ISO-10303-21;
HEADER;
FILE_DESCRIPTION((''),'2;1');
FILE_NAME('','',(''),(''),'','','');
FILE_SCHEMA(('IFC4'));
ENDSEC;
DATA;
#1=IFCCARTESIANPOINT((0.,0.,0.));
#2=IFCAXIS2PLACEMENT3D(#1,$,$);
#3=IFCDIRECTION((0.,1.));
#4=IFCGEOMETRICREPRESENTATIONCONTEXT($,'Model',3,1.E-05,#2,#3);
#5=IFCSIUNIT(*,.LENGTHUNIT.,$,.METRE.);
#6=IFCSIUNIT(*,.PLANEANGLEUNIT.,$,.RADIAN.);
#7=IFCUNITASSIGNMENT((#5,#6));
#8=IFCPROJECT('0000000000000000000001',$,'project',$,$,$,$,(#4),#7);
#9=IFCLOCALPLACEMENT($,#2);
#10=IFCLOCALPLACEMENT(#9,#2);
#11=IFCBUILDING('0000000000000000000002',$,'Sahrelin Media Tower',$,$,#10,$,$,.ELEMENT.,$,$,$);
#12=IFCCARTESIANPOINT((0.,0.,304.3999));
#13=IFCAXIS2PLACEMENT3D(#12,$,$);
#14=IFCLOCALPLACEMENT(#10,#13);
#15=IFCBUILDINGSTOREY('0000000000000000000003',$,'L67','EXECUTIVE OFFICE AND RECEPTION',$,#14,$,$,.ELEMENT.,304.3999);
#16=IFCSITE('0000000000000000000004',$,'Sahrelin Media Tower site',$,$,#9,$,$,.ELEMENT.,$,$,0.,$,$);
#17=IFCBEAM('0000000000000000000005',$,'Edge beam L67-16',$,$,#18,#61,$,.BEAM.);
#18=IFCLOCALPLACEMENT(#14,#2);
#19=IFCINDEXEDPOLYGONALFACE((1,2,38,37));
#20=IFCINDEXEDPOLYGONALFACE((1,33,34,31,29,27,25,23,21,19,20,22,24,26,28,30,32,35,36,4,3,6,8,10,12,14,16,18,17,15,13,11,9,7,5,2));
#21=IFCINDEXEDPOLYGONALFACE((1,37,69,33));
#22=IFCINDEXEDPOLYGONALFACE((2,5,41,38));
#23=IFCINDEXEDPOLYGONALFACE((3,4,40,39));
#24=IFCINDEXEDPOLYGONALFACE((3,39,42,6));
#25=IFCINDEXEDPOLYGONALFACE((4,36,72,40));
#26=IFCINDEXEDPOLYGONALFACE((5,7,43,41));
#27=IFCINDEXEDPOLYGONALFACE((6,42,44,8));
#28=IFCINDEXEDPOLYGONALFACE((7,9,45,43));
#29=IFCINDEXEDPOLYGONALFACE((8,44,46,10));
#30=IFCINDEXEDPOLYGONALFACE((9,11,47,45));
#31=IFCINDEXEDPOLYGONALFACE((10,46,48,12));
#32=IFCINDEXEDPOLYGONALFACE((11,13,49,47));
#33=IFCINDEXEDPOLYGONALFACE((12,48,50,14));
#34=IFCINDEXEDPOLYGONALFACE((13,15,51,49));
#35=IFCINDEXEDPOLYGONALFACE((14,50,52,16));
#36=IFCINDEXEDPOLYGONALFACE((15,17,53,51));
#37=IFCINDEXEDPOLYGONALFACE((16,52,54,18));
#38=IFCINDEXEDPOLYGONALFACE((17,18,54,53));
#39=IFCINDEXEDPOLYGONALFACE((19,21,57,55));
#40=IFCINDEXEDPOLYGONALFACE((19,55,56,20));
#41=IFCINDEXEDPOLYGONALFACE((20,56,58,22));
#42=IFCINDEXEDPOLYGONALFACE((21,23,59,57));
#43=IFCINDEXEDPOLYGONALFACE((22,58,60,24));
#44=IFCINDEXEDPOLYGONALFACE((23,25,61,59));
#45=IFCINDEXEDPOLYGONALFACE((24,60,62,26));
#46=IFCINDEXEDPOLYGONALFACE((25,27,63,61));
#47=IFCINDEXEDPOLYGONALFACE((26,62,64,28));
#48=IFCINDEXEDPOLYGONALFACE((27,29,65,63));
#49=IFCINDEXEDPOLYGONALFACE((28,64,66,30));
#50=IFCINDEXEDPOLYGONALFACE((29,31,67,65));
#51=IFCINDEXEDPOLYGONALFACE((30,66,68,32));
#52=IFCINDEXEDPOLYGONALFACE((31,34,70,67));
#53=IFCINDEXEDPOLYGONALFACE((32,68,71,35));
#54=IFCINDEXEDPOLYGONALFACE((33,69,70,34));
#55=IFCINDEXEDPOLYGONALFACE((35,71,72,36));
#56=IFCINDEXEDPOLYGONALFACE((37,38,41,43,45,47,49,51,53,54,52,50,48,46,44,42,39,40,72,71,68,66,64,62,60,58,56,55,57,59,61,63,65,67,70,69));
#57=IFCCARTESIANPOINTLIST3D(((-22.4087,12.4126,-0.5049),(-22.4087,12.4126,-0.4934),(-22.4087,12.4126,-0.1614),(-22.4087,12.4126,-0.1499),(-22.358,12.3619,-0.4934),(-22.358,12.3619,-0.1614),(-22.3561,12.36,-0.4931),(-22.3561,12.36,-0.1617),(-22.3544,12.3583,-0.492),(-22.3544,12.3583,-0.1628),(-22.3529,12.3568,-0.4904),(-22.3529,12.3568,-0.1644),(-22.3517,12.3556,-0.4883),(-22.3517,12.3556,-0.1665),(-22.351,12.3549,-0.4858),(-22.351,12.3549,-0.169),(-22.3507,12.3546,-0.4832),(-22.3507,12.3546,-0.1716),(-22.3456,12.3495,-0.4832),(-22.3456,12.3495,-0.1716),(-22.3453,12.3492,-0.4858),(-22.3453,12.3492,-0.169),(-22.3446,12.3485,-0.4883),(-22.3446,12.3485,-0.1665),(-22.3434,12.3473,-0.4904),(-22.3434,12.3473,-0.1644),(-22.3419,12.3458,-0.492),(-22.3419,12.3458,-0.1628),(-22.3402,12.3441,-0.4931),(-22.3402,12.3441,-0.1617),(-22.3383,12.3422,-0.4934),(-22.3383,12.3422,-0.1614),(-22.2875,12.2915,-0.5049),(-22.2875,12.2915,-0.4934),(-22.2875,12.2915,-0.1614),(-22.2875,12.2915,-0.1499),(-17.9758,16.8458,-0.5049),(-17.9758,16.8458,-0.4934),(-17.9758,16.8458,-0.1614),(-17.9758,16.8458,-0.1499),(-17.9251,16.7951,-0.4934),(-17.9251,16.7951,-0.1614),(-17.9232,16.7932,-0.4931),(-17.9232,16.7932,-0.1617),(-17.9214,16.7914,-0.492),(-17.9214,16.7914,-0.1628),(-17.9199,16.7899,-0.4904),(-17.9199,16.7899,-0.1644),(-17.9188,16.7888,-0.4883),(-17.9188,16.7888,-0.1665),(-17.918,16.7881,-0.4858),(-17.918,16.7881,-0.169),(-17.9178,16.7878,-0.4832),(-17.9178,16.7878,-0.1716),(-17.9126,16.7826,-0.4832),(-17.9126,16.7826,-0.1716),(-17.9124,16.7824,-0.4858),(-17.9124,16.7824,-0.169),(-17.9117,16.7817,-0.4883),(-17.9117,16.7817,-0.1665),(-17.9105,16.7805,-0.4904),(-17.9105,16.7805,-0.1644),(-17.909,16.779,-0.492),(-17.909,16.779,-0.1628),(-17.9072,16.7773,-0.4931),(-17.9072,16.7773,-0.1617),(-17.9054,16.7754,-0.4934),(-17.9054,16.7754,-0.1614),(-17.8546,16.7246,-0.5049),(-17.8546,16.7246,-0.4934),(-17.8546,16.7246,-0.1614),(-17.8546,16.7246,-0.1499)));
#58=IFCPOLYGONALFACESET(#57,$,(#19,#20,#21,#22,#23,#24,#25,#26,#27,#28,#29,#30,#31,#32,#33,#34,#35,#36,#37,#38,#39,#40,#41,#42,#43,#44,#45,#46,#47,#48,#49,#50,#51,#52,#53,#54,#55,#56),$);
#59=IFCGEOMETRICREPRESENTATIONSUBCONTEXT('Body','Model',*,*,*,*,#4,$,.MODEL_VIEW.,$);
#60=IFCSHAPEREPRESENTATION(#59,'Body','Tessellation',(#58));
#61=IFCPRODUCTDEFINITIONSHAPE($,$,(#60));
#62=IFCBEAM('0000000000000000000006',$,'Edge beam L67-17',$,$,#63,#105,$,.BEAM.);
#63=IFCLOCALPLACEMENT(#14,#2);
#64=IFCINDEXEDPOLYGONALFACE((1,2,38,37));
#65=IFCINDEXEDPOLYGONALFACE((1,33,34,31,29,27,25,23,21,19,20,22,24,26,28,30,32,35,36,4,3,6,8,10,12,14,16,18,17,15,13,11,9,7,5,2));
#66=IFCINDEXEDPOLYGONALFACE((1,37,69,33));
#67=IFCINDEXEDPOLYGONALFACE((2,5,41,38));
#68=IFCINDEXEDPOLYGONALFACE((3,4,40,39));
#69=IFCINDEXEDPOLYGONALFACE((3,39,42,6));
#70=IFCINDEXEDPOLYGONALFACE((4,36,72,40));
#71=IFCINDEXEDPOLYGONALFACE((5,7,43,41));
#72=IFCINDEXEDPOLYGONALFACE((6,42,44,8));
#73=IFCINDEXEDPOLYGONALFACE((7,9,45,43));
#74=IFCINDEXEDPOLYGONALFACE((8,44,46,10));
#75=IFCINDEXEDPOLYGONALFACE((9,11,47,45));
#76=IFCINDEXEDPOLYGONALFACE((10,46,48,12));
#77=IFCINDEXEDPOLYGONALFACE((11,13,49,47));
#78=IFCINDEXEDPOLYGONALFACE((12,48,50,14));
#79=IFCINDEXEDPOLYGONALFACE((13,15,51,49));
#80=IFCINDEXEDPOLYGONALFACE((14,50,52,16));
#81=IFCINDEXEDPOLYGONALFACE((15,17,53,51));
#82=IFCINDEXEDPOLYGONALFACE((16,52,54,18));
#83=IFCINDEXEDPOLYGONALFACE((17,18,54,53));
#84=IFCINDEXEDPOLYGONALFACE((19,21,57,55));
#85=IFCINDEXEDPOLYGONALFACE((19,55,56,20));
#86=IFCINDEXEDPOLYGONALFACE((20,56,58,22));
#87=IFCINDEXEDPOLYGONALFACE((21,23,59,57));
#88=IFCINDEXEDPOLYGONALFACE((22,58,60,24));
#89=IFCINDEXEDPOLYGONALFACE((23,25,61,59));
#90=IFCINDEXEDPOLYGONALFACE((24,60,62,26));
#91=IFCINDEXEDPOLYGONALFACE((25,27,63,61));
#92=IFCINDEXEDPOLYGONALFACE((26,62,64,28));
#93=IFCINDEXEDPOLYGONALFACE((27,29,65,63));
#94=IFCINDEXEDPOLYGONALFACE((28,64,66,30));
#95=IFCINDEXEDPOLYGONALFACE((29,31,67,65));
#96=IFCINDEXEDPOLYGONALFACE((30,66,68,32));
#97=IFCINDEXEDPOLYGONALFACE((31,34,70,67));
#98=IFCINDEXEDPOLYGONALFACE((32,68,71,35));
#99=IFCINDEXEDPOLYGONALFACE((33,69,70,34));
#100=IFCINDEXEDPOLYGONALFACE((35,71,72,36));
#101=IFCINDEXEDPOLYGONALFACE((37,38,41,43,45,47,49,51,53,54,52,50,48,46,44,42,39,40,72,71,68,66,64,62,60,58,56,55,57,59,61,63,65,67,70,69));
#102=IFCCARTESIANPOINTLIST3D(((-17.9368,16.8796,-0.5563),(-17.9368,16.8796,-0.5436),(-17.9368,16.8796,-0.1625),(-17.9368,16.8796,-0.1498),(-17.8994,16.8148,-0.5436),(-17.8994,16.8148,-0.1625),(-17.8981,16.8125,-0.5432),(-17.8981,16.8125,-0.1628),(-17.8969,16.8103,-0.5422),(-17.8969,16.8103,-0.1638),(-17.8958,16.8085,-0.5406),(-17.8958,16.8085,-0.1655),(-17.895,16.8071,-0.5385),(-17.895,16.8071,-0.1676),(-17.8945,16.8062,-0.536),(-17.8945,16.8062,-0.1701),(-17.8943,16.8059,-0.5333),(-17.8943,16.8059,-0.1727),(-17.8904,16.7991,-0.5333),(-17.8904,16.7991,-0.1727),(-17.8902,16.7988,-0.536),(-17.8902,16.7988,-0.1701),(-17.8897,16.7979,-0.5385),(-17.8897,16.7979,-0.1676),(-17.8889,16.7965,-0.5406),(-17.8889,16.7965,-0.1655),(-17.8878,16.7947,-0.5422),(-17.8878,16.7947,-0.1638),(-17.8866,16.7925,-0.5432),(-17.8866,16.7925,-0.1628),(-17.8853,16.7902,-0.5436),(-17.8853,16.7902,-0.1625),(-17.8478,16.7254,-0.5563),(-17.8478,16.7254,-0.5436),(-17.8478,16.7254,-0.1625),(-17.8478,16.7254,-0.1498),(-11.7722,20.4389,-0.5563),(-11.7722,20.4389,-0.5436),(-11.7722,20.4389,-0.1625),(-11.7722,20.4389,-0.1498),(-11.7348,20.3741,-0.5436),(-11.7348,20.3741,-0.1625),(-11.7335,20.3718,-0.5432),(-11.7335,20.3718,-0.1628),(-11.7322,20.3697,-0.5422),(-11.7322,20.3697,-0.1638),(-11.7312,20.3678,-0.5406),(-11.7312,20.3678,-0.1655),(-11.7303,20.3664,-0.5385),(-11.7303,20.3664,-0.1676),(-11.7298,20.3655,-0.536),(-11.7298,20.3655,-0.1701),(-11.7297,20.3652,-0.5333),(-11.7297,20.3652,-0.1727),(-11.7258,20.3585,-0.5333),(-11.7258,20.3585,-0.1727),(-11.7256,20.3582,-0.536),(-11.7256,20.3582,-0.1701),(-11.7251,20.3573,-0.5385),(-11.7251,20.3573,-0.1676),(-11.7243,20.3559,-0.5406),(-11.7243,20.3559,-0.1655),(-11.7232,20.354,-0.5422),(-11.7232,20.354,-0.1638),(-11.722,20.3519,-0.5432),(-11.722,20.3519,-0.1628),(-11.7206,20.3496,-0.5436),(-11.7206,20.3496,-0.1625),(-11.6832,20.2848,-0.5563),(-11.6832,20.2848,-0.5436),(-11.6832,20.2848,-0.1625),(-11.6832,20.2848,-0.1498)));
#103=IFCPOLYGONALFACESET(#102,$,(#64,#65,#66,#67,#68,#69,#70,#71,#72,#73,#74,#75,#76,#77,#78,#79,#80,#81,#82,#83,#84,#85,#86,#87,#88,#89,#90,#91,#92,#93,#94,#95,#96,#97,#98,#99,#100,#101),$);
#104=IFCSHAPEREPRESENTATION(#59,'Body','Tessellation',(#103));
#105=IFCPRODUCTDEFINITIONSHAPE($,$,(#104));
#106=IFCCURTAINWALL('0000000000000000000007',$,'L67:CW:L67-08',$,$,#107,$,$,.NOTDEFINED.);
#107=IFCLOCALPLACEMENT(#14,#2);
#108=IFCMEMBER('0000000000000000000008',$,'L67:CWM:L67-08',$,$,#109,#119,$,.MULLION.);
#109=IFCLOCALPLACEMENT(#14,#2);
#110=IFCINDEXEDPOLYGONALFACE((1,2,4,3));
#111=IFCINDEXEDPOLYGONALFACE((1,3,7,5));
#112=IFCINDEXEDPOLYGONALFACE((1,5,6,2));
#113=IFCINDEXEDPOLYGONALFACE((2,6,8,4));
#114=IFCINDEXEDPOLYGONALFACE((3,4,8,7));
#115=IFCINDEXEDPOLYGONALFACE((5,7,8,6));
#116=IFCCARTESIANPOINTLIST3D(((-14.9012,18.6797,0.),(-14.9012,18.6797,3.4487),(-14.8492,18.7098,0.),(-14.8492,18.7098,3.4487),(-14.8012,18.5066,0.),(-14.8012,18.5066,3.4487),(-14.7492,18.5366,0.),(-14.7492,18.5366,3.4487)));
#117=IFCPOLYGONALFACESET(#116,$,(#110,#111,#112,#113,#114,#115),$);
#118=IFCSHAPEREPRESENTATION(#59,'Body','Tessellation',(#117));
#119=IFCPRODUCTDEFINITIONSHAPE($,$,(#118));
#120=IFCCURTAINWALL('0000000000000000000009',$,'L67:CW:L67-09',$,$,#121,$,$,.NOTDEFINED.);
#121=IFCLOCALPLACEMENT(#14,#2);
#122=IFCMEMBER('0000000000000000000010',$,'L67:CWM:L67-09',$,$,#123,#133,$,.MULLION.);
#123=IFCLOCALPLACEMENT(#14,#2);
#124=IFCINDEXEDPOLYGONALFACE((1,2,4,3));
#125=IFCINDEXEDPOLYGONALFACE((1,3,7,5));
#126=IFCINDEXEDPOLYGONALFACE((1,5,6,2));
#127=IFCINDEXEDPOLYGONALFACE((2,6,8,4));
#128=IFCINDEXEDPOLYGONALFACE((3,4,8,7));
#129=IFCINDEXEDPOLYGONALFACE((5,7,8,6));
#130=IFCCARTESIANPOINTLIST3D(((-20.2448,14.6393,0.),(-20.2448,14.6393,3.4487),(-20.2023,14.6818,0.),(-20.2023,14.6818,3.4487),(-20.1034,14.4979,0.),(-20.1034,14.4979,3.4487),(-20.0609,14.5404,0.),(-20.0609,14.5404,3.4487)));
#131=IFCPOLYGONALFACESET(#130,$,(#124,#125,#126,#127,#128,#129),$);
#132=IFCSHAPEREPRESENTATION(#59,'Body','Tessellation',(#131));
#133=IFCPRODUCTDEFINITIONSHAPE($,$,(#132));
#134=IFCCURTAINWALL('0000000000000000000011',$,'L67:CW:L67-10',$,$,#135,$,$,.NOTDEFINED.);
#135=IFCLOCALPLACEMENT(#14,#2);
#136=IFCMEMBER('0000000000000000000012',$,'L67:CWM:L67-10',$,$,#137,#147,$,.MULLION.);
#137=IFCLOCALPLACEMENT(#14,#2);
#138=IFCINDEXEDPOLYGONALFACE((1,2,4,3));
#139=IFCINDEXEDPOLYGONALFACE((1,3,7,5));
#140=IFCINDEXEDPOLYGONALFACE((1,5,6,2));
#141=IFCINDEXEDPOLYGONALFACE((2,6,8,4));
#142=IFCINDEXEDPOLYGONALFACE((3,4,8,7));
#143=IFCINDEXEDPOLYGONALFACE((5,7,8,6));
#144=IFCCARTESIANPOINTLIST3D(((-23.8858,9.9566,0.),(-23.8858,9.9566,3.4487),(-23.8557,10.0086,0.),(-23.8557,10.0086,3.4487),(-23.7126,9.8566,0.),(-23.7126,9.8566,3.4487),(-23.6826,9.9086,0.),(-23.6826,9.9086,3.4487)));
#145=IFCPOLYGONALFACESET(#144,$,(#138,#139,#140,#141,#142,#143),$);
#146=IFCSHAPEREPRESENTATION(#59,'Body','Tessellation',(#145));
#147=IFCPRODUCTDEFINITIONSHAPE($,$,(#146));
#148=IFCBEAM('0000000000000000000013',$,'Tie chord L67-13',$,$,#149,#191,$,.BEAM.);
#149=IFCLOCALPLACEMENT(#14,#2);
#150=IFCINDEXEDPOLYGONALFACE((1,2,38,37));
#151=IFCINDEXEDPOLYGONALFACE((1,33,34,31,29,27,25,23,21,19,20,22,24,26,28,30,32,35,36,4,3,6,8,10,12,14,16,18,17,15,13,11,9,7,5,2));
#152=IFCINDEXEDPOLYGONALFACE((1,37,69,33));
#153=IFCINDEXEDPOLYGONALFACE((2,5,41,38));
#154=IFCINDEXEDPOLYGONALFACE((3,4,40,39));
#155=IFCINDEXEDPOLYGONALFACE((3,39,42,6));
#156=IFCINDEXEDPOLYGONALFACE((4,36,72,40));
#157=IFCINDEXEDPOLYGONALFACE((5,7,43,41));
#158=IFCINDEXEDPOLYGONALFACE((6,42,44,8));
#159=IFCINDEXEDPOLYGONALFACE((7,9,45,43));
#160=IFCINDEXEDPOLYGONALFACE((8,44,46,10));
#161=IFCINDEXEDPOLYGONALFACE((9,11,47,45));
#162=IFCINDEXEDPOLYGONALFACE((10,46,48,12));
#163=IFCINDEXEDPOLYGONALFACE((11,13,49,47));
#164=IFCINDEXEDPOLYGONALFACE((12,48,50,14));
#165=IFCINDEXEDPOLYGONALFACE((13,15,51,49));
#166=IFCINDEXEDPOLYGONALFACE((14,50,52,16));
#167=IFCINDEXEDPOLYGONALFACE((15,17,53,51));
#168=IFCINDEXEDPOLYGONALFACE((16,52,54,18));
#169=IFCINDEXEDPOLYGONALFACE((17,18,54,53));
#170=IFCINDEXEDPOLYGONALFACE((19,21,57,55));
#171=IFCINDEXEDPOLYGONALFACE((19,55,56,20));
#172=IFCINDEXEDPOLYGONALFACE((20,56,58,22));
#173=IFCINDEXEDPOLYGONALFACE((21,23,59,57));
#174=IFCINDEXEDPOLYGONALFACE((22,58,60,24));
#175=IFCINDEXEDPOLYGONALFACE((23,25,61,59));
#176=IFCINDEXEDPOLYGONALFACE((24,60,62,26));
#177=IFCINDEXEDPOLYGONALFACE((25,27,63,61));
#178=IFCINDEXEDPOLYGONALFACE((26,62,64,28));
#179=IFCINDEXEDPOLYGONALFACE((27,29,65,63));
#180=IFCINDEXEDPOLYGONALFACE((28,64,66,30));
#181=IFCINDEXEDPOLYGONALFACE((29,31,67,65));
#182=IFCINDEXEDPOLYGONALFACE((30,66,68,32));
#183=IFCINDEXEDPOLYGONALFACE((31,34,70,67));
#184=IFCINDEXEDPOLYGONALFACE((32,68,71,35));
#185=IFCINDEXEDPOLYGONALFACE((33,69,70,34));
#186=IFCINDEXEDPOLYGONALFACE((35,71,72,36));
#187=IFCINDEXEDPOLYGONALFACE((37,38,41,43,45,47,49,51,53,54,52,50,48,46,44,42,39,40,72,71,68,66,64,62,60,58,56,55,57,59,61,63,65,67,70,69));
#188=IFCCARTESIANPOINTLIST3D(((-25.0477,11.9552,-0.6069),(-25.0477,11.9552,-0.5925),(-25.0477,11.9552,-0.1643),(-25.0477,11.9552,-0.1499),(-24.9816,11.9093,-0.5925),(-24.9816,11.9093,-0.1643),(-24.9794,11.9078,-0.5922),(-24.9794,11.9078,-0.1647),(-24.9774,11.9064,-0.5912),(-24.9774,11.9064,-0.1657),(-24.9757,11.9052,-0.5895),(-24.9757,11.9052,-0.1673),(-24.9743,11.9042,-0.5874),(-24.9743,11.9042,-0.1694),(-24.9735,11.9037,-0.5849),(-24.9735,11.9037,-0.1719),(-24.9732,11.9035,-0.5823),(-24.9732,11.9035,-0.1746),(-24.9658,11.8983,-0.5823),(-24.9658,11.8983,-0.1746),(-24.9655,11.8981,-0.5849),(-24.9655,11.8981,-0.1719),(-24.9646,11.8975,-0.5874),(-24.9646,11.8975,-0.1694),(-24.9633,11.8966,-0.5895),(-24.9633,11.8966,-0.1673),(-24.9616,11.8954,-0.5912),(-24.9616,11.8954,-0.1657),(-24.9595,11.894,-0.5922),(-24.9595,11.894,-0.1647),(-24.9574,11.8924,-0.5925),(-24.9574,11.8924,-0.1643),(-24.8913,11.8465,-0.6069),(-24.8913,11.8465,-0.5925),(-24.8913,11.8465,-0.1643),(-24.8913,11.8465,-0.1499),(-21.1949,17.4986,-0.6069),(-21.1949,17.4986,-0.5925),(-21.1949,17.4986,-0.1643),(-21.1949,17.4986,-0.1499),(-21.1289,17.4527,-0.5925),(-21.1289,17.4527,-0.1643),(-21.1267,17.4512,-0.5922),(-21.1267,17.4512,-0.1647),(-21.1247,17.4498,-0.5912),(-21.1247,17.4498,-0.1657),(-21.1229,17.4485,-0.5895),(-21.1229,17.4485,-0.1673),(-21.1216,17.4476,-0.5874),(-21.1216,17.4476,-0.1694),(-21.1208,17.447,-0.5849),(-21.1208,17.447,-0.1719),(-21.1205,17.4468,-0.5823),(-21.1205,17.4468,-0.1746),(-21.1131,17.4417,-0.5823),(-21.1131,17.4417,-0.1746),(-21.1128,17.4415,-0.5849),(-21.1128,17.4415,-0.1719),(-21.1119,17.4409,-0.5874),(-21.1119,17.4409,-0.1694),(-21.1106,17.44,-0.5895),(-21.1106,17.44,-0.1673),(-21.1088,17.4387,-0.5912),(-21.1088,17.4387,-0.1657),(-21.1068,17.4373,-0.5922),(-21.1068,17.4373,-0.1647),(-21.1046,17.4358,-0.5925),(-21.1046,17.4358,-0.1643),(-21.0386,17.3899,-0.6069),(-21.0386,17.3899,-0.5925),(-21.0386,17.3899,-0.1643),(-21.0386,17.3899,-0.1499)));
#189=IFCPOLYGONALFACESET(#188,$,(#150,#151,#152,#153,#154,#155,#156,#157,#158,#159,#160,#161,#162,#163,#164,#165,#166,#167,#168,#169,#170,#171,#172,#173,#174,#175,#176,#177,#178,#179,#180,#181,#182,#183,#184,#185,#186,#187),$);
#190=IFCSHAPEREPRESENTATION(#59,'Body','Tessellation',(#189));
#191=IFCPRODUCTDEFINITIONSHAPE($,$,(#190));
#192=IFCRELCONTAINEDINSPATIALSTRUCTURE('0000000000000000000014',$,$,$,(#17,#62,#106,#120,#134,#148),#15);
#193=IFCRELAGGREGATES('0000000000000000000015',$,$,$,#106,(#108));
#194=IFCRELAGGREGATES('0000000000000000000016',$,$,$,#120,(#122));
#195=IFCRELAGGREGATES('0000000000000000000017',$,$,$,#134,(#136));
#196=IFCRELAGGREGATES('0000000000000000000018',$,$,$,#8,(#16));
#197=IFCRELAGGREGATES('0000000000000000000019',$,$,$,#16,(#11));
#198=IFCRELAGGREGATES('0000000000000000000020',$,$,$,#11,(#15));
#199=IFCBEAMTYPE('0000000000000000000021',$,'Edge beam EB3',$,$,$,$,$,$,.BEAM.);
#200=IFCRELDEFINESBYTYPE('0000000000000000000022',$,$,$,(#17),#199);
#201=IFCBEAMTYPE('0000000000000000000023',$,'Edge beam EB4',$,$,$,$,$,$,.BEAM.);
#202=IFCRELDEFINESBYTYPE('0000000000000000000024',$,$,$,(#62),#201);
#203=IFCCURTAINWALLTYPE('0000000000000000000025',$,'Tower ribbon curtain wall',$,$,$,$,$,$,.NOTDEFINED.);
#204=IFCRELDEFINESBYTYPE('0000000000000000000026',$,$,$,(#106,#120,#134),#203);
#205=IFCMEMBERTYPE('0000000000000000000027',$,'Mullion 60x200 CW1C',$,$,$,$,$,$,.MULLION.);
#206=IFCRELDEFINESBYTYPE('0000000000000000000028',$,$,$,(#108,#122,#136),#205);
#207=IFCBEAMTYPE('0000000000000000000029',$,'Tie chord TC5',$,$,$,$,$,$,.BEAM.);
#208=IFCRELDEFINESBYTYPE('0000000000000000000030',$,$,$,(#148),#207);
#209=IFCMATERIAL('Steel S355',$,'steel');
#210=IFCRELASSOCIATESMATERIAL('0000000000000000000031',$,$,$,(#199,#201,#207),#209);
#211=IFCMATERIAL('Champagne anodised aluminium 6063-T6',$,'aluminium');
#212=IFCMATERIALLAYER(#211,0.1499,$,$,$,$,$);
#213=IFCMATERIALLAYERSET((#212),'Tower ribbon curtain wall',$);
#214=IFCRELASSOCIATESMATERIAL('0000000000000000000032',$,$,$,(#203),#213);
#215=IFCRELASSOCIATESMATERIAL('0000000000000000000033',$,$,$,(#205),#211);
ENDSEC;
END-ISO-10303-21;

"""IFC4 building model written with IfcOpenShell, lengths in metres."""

from ifc_helpers import new_model, si_unit, direction, frame, origin, origin_2d, place, context, subcontext, project, spatial, rectangle, i_section, extrude, material, layer, layer_set, material_profile, profile_set, type_object, element, aggregate, save


model = new_model("IFC4")

# Units and contexts
model_context = context("Model", 3, precision=1e-05, world=origin(), true_north=direction((0.0, 1.0)))
body_context = subcontext(model_context, "Body", "Model", "MODEL_VIEW")
ifc_project = project(units=[si_unit("LENGTHUNIT", "METRE"), si_unit("PLANEANGLEUNIT", "RADIAN")], contexts=[model_context])

# Site, building, storey
site_placement = place(None, origin())
site = spatial("IfcSite", under=ifc_project, at=site_placement, Name="Sahrelin Media Tower site", CompositionType="ELEMENT", RefElevation=0.0)
building_placement = place(site_placement, origin())
building = spatial("IfcBuilding", under=site, at=building_placement, Name="Sahrelin Media Tower", CompositionType="ELEMENT")
storey_placement = place(building_placement, frame((0.0, 0.0, 304.3999)))
storey = spatial("IfcBuildingStorey", under=building, at=storey_placement, Name="L67", Description="EXECUTIVE OFFICE AND RECEPTION", CompositionType="ELEMENT", Elevation=304.3999)

# Beams
ifc_material_1 = material(Name="Steel S355", Category="steel")
ifc_material_profile_1 = material_profile(ifc_material_1, i_section(OverallWidth=0.1714, OverallDepth=0.355, WebThickness=0.0073, FlangeThickness=0.0115, FilletRadius=0.0103, at=origin_2d()), Name="UB 356x171x51")
ifc_profile_set_1 = profile_set([ifc_material_profile_1], Name="Steel S355")
beam_type_1 = type_object("IfcBeamType", Name="Edge beam EB3", PredefinedType="BEAM", material=ifc_profile_set_1)
beam_1_placement = place(storey_placement, frame((-22.3481, 12.3521, -0.3274), z_axis=(0.707087, 0.707126, 0.0), x_axis=(-0.707126, 0.707087, 0.0)))
element("IfcBeam", 1, at=beam_1_placement, inside=storey, type_object=beam_type_1, Name="Edge beam L67-16", PredefinedType="BEAM", context=body_context, shape_type="SweptSolid", body=[
    extrude(i_section(OverallWidth=0.1714, OverallDepth=0.355, WebThickness=0.0073, FlangeThickness=0.0115, FilletRadius=0.0103, at=origin_2d()), origin(), (0.0, 0.0, 1.0), 6.2693),
])
ifc_material_profile_2 = material_profile(ifc_material_1, i_section(OverallWidth=0.178, OverallDepth=0.4065, WebThickness=0.0078, FlangeThickness=0.0127, FilletRadius=0.0103, at=origin_2d()), Name="UB 406x178x60")
ifc_profile_set_2 = profile_set([ifc_material_profile_2], Name="Steel S355")
beam_type_2 = type_object("IfcBeamType", Name="Edge beam EB4", PredefinedType="BEAM", material=ifc_profile_set_2)
beam_2_placement = place(storey_placement, frame((-17.8923, 16.8025, -0.353), z_axis=(0.866012, 0.500023, 0.0), x_axis=(-0.500023, 0.866012, 0.0)))
element("IfcBeam", 2, at=beam_2_placement, inside=storey, type_object=beam_type_2, Name="Edge beam L67-17", PredefinedType="BEAM", context=body_context, shape_type="SweptSolid", body=[
    extrude(i_section(OverallWidth=0.178, OverallDepth=0.4065, WebThickness=0.0078, FlangeThickness=0.0127, FilletRadius=0.0103, at=origin_2d()), origin(), (0.0, 0.0, 1.0), 7.1184),
])

# Curtain walls, members
ifc_material_2 = material(Name="Champagne anodised aluminium 6063-T6", Category="aluminium")
ifc_layer_1 = layer(ifc_material_2, 0.1499)
ifc_layer_set_1 = layer_set([ifc_layer_1], Name="Tower ribbon curtain wall")
curtain_wall_type = type_object("IfcCurtainWallType", Name="Tower ribbon curtain wall", PredefinedType="NOTDEFINED", material=ifc_layer_set_1)
curtain_wall_1_placement = place(storey_placement, frame((-14.885, 18.7122, 0.0), z_axis=(0.0, 0.0, 1.0), x_axis=(1.0, 0.0, 0.0)))
curtain_wall_1 = element("IfcCurtainWall", 3, at=curtain_wall_1_placement, inside=storey, type_object=curtain_wall_type, Name="L67:CW:L67-08", PredefinedType="NOTDEFINED")
ifc_material_profile_3 = material_profile(ifc_material_2, rectangle(XDim=0.0601, YDim=0.2, at=origin_2d()), Name="Mullion 60x200")
ifc_profile_set_3 = profile_set([ifc_material_profile_3], Name="Champagne anodised aluminium 6063-T6")
member_type_1 = type_object("IfcMemberType", Name="Mullion 60x200 CW1C", PredefinedType="MULLION", material=ifc_profile_set_3)
member_1_placement = place(storey_placement, frame((-14.8252, 18.6082, 0.0), z_axis=(0.0, 0.0, 1.0), x_axis=(-0.86603, -0.499992, 0.0)))
member_1 = element("IfcMember", 4, at=member_1_placement, type_object=member_type_1, Name="L67:CWM:L67-08", PredefinedType="MULLION", context=body_context, shape_type="SweptSolid", body=[
    extrude(rectangle(XDim=0.0601, YDim=0.2, at=origin_2d()), origin(), (0.0, 0.0, 1.0), 3.4487),
])
aggregate(curtain_wall_1, [member_1])
curtain_wall_2_placement = place(storey_placement, frame((-20.2378, 14.6748, 0.0), z_axis=(0.0, 0.0, 1.0), x_axis=(1.0, 0.0, 0.0)))
curtain_wall_2 = element("IfcCurtainWall", 5, at=curtain_wall_2_placement, inside=storey, type_object=curtain_wall_type, Name="L67:CW:L67-09", PredefinedType="NOTDEFINED")
member_2_placement = place(storey_placement, frame((-20.1528, 14.5898, 0.0), z_axis=(0.0, 0.0, 1.0), x_axis=(-0.707107, -0.707107, 0.0)))
member_2 = element("IfcMember", 6, at=member_2_placement, type_object=member_type_1, Name="L67:CWM:L67-09", PredefinedType="MULLION", context=body_context, shape_type="SweptSolid", body=[
    extrude(rectangle(XDim=0.0601, YDim=0.2, at=origin_2d()), origin(), (0.0, 0.0, 1.0), 3.4487),
])
curtain_wall_3_placement = place(storey_placement, frame((-23.8879, 9.9924, 0.0), z_axis=(0.0, 0.0, 1.0), x_axis=(1.0, 0.0, 0.0)))
curtain_wall_3 = element("IfcCurtainWall", 7, at=curtain_wall_3_placement, inside=storey, type_object=curtain_wall_type, Name="L67:CW:L67-10", PredefinedType="NOTDEFINED")
member_3_placement = place(storey_placement, frame((-23.7842, 9.9326, 0.0), z_axis=(0.0, 0.0, 1.0), x_axis=(-0.500002, -0.866025, 0.0)))
member_3 = element("IfcMember", 8, at=member_3_placement, type_object=member_type_1, Name="L67:CWM:L67-10", PredefinedType="MULLION", context=body_context, shape_type="SweptSolid", body=[
    extrude(rectangle(XDim=0.0601, YDim=0.2, at=origin_2d()), origin(), (0.0, 0.0, 1.0), 3.4487),
])

# Beam
ifc_material_profile_4 = material_profile(ifc_material_1, i_section(OverallWidth=0.1904, OverallDepth=0.457, WebThickness=0.009, FlangeThickness=0.0144, FilletRadius=0.0103, at=origin_2d()), Name="UB 457x191x74")
ifc_profile_set_4 = profile_set([ifc_material_profile_4], Name="Steel S355")
beam_type_3 = type_object("IfcBeamType", Name="Tie chord TC5", PredefinedType="BEAM", material=ifc_profile_set_4)
beam_3_placement = place(storey_placement, frame((-24.9695, 11.9009, -0.3784), z_axis=(0.570712, 0.821151, 0.0), x_axis=(-0.821151, 0.570712, 0.0)))
element("IfcBeam", 9, at=beam_3_placement, inside=storey, type_object=beam_type_3, Name="Tie chord L67-13", PredefinedType="BEAM", context=body_context, shape_type="SweptSolid", body=[
    extrude(i_section(OverallWidth=0.1904, OverallDepth=0.457, WebThickness=0.009, FlangeThickness=0.0144, FilletRadius=0.0103, at=origin_2d()), origin(), (0.0, 0.0, 1.0), 6.7507),
])

aggregate(curtain_wall_2, [member_2])
aggregate(curtain_wall_3, [member_3])

save(model, "model.ifc")
